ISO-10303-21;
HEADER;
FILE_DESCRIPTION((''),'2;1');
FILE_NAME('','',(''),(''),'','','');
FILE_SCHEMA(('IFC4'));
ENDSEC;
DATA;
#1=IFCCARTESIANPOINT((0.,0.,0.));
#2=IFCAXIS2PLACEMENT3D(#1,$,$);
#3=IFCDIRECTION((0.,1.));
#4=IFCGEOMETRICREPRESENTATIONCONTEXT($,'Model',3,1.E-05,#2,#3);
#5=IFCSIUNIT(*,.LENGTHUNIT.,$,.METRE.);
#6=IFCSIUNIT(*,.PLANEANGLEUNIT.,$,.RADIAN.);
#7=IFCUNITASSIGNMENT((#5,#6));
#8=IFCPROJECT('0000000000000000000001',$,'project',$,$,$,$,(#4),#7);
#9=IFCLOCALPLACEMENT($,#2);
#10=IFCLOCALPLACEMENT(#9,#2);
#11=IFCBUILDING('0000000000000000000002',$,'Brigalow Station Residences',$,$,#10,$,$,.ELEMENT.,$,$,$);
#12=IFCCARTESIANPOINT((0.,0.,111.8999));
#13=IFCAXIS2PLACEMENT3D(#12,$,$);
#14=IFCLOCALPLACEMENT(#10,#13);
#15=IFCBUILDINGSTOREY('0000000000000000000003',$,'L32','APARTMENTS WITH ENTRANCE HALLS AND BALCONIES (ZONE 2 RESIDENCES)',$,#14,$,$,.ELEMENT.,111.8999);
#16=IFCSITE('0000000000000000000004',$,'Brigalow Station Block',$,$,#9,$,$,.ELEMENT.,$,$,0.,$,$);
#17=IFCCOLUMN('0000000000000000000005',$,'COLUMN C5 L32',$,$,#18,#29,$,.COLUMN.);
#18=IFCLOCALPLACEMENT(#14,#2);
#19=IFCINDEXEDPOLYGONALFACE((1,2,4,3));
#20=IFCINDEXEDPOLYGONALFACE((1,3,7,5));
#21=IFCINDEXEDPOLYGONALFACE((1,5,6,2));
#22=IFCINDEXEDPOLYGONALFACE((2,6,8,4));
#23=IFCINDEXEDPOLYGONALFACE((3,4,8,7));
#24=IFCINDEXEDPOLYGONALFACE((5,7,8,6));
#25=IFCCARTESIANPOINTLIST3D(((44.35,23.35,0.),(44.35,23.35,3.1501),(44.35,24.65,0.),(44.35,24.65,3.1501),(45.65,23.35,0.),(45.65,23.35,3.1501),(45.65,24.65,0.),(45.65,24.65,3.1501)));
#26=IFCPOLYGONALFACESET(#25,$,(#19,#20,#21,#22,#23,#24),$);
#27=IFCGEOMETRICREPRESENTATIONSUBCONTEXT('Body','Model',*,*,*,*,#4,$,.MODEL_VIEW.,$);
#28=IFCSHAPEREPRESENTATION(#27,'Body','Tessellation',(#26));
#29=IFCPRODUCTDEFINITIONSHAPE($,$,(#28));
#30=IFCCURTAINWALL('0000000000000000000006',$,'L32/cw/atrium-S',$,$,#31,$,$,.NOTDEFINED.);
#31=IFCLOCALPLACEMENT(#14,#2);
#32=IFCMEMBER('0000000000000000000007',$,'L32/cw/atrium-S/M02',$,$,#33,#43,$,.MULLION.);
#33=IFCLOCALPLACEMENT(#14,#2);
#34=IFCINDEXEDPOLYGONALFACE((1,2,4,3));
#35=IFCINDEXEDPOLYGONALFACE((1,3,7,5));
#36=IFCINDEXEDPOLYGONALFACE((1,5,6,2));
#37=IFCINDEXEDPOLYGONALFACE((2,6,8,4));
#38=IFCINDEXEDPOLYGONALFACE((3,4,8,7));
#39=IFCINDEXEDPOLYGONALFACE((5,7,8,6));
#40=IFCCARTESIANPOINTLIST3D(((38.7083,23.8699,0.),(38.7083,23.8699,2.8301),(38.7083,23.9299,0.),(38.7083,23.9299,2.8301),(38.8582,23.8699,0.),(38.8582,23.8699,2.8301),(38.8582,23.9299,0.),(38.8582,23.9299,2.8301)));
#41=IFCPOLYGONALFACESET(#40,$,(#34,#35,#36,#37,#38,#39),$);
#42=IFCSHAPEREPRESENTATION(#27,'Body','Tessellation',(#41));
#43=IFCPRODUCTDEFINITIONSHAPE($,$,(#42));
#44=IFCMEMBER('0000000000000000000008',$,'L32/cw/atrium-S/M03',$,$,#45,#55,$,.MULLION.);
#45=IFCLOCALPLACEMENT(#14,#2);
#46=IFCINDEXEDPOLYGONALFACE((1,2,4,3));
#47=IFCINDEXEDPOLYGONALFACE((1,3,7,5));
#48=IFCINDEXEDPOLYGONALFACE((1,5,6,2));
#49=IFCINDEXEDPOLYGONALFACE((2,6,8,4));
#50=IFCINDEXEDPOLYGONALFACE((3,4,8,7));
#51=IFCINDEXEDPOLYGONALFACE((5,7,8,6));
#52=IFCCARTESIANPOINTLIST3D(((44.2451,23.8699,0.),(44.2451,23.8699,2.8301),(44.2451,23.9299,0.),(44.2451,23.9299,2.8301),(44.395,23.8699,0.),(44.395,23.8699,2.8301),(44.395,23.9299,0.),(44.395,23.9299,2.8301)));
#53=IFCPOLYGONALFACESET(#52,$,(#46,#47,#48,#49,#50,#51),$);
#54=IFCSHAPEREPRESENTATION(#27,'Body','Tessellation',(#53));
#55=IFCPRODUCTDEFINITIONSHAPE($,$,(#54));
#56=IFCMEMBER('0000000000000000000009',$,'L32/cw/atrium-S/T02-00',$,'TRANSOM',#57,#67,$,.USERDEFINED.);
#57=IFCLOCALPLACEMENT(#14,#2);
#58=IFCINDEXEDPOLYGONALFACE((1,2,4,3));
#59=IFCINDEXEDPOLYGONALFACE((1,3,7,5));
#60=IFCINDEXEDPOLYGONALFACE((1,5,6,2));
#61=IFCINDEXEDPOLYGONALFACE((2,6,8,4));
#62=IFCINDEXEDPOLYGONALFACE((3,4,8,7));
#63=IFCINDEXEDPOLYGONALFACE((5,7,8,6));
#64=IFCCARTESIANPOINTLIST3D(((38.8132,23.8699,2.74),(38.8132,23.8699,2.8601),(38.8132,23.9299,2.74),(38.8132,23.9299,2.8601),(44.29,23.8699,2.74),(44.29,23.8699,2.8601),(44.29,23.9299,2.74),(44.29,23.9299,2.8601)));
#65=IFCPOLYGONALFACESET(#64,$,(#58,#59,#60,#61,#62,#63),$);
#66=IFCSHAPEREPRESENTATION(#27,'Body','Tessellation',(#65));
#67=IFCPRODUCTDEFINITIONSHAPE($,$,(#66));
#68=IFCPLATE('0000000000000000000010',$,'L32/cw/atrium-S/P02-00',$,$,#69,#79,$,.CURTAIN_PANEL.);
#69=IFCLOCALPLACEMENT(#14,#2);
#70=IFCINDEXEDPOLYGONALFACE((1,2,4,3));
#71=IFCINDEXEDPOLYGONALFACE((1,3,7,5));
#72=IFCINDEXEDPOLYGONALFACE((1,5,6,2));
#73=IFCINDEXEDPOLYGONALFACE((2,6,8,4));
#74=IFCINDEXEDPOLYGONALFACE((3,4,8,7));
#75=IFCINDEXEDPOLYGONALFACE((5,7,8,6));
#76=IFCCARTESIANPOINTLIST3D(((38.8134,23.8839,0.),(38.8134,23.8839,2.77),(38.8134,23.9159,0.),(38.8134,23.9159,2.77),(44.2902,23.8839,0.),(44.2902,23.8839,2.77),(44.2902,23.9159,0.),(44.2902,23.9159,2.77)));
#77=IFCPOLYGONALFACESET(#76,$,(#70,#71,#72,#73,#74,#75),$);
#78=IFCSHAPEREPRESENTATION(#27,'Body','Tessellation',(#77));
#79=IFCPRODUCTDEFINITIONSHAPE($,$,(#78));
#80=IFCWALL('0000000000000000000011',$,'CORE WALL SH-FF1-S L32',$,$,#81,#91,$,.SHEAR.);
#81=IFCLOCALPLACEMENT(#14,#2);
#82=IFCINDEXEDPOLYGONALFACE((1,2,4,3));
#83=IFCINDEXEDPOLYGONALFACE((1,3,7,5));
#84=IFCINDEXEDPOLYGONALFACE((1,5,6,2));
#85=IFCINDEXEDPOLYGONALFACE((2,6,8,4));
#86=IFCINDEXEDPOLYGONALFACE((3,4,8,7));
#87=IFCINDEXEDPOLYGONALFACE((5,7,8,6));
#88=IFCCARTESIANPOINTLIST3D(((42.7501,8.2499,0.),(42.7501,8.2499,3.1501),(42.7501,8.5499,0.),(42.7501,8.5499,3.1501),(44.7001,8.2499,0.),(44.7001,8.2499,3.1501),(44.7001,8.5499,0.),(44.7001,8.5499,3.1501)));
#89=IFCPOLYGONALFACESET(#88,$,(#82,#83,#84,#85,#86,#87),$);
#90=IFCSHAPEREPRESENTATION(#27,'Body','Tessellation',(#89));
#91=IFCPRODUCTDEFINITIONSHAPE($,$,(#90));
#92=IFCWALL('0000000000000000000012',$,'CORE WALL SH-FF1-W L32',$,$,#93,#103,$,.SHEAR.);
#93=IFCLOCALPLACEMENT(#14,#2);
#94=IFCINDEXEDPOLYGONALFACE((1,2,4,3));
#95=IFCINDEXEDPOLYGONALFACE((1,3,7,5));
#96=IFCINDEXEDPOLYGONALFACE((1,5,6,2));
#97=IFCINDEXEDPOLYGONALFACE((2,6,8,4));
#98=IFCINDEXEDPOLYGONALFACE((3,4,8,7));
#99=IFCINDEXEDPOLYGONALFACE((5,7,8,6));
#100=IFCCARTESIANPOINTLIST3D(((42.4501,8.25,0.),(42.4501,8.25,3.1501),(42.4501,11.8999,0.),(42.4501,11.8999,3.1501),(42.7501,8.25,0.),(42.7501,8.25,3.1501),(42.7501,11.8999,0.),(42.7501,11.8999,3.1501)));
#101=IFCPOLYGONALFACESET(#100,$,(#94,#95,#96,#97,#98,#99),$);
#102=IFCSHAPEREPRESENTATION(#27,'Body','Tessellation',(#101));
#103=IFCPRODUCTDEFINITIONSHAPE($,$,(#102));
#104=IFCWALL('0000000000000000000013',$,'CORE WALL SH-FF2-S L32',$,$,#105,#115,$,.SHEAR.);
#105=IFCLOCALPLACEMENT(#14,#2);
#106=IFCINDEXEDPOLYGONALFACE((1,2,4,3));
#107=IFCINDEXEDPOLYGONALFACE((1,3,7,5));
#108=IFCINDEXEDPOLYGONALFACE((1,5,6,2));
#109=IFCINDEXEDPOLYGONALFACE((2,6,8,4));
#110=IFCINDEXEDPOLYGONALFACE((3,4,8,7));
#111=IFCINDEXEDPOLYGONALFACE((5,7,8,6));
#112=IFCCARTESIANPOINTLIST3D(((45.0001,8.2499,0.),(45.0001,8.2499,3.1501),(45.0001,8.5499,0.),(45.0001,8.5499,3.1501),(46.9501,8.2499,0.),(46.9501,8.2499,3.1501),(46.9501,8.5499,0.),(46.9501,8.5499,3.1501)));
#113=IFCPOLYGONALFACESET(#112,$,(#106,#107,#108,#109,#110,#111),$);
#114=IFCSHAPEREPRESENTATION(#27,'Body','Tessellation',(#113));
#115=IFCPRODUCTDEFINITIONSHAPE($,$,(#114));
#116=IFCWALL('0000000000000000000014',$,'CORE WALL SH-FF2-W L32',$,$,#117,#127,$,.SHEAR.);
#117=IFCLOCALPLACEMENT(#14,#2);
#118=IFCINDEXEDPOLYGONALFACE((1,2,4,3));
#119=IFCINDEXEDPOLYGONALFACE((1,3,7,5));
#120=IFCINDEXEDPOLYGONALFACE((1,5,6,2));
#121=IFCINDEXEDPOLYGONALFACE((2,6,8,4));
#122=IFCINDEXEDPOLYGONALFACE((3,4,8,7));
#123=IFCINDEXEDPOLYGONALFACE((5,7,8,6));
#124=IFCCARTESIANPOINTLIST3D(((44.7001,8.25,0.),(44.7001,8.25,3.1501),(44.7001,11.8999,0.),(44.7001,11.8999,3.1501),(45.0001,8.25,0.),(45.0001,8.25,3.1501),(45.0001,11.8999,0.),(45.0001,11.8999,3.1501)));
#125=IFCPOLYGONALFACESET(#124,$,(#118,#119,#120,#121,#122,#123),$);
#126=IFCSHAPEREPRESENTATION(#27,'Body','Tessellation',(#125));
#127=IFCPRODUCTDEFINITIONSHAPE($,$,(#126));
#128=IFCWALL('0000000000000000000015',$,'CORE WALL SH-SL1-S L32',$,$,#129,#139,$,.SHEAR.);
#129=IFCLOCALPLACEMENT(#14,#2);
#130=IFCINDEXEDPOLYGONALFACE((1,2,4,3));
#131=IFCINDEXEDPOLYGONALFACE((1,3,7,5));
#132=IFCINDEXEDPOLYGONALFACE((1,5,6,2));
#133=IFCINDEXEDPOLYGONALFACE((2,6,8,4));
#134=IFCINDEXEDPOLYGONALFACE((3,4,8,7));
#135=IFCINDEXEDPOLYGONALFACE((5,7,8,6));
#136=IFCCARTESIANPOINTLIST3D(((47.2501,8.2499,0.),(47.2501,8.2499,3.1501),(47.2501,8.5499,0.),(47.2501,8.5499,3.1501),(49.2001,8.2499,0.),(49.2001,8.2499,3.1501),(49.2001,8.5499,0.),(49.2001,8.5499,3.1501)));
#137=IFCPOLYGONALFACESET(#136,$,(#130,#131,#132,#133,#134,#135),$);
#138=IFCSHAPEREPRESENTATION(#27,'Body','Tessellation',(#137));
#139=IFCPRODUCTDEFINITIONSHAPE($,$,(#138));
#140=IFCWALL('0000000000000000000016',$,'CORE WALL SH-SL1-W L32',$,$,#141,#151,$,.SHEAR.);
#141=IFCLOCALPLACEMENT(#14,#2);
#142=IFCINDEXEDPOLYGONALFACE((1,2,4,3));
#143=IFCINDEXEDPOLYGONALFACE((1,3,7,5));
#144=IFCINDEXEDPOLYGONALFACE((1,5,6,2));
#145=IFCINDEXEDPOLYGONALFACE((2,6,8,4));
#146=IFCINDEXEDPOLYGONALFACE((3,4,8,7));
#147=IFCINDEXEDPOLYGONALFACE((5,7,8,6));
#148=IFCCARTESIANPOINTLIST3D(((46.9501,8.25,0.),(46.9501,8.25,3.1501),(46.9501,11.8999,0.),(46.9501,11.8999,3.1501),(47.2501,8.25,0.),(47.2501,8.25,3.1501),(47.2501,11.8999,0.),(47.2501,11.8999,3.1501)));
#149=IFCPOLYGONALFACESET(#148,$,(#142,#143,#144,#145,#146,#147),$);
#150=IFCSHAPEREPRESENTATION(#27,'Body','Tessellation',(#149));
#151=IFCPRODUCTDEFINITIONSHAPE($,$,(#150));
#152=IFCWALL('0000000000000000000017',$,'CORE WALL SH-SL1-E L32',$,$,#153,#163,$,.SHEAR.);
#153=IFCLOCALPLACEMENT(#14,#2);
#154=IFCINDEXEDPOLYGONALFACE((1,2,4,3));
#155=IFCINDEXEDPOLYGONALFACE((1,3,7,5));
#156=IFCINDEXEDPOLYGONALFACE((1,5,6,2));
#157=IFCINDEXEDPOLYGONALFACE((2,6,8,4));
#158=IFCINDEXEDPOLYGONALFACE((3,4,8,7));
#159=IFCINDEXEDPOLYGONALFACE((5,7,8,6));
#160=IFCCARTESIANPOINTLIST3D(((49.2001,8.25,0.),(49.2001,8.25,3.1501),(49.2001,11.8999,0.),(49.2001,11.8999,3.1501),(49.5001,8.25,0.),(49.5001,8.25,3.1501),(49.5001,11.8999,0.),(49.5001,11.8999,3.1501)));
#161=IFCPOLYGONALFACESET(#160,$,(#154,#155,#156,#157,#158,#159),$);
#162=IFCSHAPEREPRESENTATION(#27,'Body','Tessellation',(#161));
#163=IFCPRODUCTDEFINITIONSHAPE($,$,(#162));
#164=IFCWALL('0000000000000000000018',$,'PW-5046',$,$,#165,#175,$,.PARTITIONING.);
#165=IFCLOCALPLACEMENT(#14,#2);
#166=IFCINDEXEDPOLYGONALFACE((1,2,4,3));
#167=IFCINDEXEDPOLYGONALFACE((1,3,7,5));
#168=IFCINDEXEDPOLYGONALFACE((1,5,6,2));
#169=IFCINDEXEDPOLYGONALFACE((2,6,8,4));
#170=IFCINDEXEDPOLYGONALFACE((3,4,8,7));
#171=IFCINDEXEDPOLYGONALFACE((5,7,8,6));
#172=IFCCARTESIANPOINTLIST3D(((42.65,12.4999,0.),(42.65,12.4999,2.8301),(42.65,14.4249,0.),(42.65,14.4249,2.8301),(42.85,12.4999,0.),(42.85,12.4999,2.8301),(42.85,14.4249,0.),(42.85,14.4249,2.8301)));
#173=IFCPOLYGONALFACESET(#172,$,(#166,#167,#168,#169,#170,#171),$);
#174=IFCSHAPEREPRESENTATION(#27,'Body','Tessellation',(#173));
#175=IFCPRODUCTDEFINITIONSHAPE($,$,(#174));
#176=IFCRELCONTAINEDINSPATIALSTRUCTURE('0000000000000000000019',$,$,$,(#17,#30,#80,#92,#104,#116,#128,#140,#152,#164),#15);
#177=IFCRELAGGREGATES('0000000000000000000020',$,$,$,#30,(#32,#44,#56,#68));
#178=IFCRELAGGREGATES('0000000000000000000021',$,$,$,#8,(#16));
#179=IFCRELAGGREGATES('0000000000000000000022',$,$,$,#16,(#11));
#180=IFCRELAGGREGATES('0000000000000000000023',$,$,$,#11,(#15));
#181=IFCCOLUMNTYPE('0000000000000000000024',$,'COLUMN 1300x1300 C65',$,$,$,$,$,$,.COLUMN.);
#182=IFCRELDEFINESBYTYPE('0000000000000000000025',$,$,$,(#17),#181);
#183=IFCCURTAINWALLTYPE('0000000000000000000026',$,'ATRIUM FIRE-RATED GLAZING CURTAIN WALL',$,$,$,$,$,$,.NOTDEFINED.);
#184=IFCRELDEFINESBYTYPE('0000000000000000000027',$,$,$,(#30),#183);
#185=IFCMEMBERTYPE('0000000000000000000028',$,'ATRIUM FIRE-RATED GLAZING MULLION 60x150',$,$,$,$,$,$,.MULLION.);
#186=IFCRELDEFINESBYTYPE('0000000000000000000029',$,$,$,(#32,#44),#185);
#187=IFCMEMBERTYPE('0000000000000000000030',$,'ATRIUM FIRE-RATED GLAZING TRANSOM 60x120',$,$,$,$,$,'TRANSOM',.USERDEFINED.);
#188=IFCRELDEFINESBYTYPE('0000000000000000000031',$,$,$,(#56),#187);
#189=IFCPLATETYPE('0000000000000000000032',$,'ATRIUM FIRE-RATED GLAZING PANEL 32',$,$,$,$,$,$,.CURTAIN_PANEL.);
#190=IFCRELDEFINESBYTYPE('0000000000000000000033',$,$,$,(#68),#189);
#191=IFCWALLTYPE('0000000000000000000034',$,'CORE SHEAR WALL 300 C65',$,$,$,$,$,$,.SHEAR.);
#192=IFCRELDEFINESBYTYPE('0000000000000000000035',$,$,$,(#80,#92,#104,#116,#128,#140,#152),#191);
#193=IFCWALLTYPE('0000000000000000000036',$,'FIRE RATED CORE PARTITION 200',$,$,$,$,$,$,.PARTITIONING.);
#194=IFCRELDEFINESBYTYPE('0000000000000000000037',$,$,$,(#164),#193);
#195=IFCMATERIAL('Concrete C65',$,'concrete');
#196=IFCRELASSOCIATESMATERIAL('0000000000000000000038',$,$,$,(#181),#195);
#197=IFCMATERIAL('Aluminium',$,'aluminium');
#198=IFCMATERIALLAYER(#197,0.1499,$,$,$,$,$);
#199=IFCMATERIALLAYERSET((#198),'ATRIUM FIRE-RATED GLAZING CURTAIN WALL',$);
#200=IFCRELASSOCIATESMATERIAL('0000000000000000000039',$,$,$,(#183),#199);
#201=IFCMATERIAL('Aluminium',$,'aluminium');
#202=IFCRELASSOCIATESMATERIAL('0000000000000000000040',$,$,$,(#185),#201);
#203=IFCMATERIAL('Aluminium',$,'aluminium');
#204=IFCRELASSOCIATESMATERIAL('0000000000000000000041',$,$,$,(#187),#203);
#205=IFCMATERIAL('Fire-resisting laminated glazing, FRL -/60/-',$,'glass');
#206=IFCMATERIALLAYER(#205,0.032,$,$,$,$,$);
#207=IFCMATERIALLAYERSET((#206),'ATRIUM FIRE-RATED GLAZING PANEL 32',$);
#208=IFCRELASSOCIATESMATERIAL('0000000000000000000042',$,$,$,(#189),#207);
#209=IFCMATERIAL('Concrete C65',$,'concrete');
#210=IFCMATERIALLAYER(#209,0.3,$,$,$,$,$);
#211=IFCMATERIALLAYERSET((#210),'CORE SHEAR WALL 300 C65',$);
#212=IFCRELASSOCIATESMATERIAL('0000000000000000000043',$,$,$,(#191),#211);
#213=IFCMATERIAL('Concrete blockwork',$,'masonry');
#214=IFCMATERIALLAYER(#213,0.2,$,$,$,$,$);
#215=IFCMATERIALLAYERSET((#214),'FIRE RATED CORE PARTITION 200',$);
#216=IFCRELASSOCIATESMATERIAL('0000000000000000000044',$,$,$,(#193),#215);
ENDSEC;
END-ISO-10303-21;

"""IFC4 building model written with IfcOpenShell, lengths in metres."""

from ifc_helpers import new_model, si_unit, direction, frame, frame_2d, origin, origin_2d, place, context, subcontext, project, spatial, rectangle, extrude, material, layer, layer_set, material_profile, profile_set, type_object, element, aggregate, save


model = new_model("IFC4")

# Units and contexts
model_context = context("Model", 3, precision=1e-05, world=origin(), true_north=direction((0.0, 1.0)))
body_context = subcontext(model_context, "Body", "Model", "MODEL_VIEW")
ifc_project = project(units=[si_unit("LENGTHUNIT", "METRE"), si_unit("PLANEANGLEUNIT", "RADIAN")], contexts=[model_context])

# Site, building, storey
site_placement = place(None, origin())
site = spatial("IfcSite", under=ifc_project, at=site_placement, Name="Brigalow Station Block", CompositionType="ELEMENT", RefElevation=0.0)
building_placement = place(site_placement, origin())
building = spatial("IfcBuilding", under=site, at=building_placement, Name="Brigalow Station Residences", CompositionType="ELEMENT")
storey_placement = place(building_placement, frame((0.0, 0.0, 111.8999)))
storey = spatial("IfcBuildingStorey", under=building, at=storey_placement, Name="L32", Description="APARTMENTS WITH ENTRANCE HALLS AND BALCONIES (ZONE 2 RESIDENCES)", CompositionType="ELEMENT", Elevation=111.8999)

# Column
ifc_material_1 = material(Name="Concrete C65", Category="concrete")
ifc_material_profile_1 = material_profile(ifc_material_1, rectangle(XDim=1.3, YDim=1.3, at=origin_2d()), Name="RC1300x1300")
ifc_profile_set_1 = profile_set([ifc_material_profile_1], Name="Concrete C65")
column_type = type_object("IfcColumnType", Name="COLUMN 1300x1300 C65", PredefinedType="COLUMN", material=ifc_profile_set_1)
column_placement = place(storey_placement, frame((45.0, 24.0, 0.0), z_axis=(0.0, 0.0, 1.0), x_axis=(1.0, 0.0, 0.0)))
element("IfcColumn", 1, at=column_placement, inside=storey, type_object=column_type, Name="COLUMN C5 L32", PredefinedType="COLUMN", context=body_context, shape_type="SweptSolid", body=[
    extrude(rectangle(XDim=1.3, YDim=1.3, at=origin_2d()), origin(), (0.0, 0.0, 1.0), 3.1501),
])

# Curtain wall, members, plate
ifc_material_2 = material(Name="Aluminium", Category="aluminium")
ifc_layer_1 = layer(ifc_material_2, 0.1499)
ifc_layer_set_1 = layer_set([ifc_layer_1], Name="ATRIUM FIRE-RATED GLAZING CURTAIN WALL")
curtain_wall_type = type_object("IfcCurtainWallType", Name="ATRIUM FIRE-RATED GLAZING CURTAIN WALL", PredefinedType="NOTDEFINED", material=ifc_layer_set_1)
curtain_wall_placement = place(storey_placement, origin())
curtain_wall = element("IfcCurtainWall", 2, at=curtain_wall_placement, inside=storey, type_object=curtain_wall_type, Name="L32/cw/atrium-S", PredefinedType="NOTDEFINED")
ifc_material_3 = material(Name="Aluminium", Category="aluminium")
ifc_material_profile_2 = material_profile(ifc_material_3, rectangle(XDim=0.0601, YDim=0.1499, at=origin_2d()), Name="ATRIUM FIRE-RATED GLAZING MULLION 60x150")
ifc_profile_set_2 = profile_set([ifc_material_profile_2], Name="Aluminium")
member_type_1 = type_object("IfcMemberType", Name="ATRIUM FIRE-RATED GLAZING MULLION 60x150", PredefinedType="MULLION", material=ifc_profile_set_2)
member_1_placement = place(storey_placement, frame((38.7832, 23.8999, 0.0), z_axis=(0.0, 0.0, 1.0), x_axis=(0.0, 1.0, 0.0)))
member_1 = element("IfcMember", 3, at=member_1_placement, type_object=member_type_1, Name="L32/cw/atrium-S/M02", PredefinedType="MULLION", context=body_context, shape_type="SweptSolid", body=[
    extrude(rectangle(XDim=0.0601, YDim=0.1499, at=origin_2d()), origin(), (0.0, 0.0, 1.0), 2.8301),
])
member_2_placement = place(storey_placement, frame((44.3201, 23.8999, 0.0), z_axis=(0.0, 0.0, 1.0), x_axis=(0.0, 1.0, 0.0)))
member_2 = element("IfcMember", 4, at=member_2_placement, type_object=member_type_1, Name="L32/cw/atrium-S/M03", PredefinedType="MULLION", context=body_context, shape_type="SweptSolid", body=[
    extrude(rectangle(XDim=0.0601, YDim=0.1499, at=origin_2d()), origin(), (0.0, 0.0, 1.0), 2.8301),
])
ifc_material_4 = material(Name="Aluminium", Category="aluminium")
ifc_material_profile_3 = material_profile(ifc_material_4, rectangle(XDim=0.0601, YDim=0.1201, at=origin_2d()), Name="ATRIUM FIRE-RATED GLAZING TRANSOM 60x120")
ifc_profile_set_3 = profile_set([ifc_material_profile_3], Name="Aluminium")
member_type_2 = type_object("IfcMemberType", Name="ATRIUM FIRE-RATED GLAZING TRANSOM 60x120", ElementType="TRANSOM", PredefinedType="USERDEFINED", material=ifc_profile_set_3)
member_3_placement = place(storey_placement, frame((38.8132, 23.8999, 2.8), z_axis=(1.0, 0.0, 0.0), x_axis=(0.0, 1.0, 0.0)))
member_3 = element("IfcMember", 5, at=member_3_placement, type_object=member_type_2, Name="L32/cw/atrium-S/T02-00", ObjectType="TRANSOM", PredefinedType="USERDEFINED", context=body_context, shape_type="SweptSolid", body=[
    extrude(rectangle(XDim=0.0601, YDim=0.1201, at=origin_2d()), origin(), (0.0, 0.0, 1.0), 5.4768),
])
ifc_material_5 = material(Name="Fire-resisting laminated glazing, FRL -/60/-", Category="glass")
ifc_layer_2 = layer(ifc_material_5, 0.032)
ifc_layer_set_2 = layer_set([ifc_layer_2], Name="ATRIUM FIRE-RATED GLAZING PANEL 32")
plate_type = type_object("IfcPlateType", Name="ATRIUM FIRE-RATED GLAZING PANEL 32", PredefinedType="CURTAIN_PANEL", material=ifc_layer_set_2)
plate_placement = place(storey_placement, frame((41.5518, 23.8999, 0.0), z_axis=(0.0, 0.0, 1.0), x_axis=(1.0, 0.0, 0.0)))
plate = element("IfcPlate", 6, at=plate_placement, type_object=plate_type, Name="L32/cw/atrium-S/P02-00", PredefinedType="CURTAIN_PANEL", context=body_context, shape_type="SweptSolid", body=[
    extrude(rectangle(XDim=5.4768, YDim=0.032, at=origin_2d()), origin(), (0.0, 0.0, 1.0), 2.77),
])
aggregate(curtain_wall, [member_1, member_2, member_3, plate])

# Walls
ifc_material_6 = material(Name="Concrete C65", Category="concrete")
ifc_layer_3 = layer(ifc_material_6, 0.3)
ifc_layer_set_3 = layer_set([ifc_layer_3], Name="CORE SHEAR WALL 300 C65")
wall_type_1 = type_object("IfcWallType", Name="CORE SHEAR WALL 300 C65", PredefinedType="SHEAR", material=ifc_layer_set_3)
wall_1_placement = place(storey_placement, frame((42.75, 8.3999, 0.0), z_axis=(0.0, 0.0, 1.0), x_axis=(1.0, 0.0, 0.0)))
element("IfcWall", 7, at=wall_1_placement, inside=storey, type_object=wall_type_1, Name="CORE WALL SH-FF1-S L32", PredefinedType="SHEAR", context=body_context, shape_type="SweptSolid", body=[
    extrude(rectangle(XDim=1.95, YDim=0.3, at=frame_2d((0.9751, 0.0))), origin(), (0.0, 0.0, 1.0), 3.1501),
])
wall_2_placement = place(storey_placement, frame((42.6001, 8.25, 0.0), z_axis=(0.0, 0.0, 1.0), x_axis=(0.0, 1.0, 0.0)))
element("IfcWall", 8, at=wall_2_placement, inside=storey, type_object=wall_type_1, Name="CORE WALL SH-FF1-W L32", PredefinedType="SHEAR", context=body_context, shape_type="SweptSolid", body=[
    extrude(rectangle(XDim=3.6499, YDim=0.3, at=frame_2d((1.825, 0.0))), origin(), (0.0, 0.0, 1.0), 3.1501),
])
wall_3_placement = place(storey_placement, frame((45.0, 8.3999, 0.0), z_axis=(0.0, 0.0, 1.0), x_axis=(1.0, 0.0, 0.0)))
element("IfcWall", 9, at=wall_3_placement, inside=storey, type_object=wall_type_1, Name="CORE WALL SH-FF2-S L32", PredefinedType="SHEAR", context=body_context, shape_type="SweptSolid", body=[
    extrude(rectangle(XDim=1.95, YDim=0.3, at=frame_2d((0.9751, 0.0))), origin(), (0.0, 0.0, 1.0), 3.1501),
])
wall_4_placement = place(storey_placement, frame((44.8501, 8.25, 0.0), z_axis=(0.0, 0.0, 1.0), x_axis=(0.0, 1.0, 0.0)))
element("IfcWall", 10, at=wall_4_placement, inside=storey, type_object=wall_type_1, Name="CORE WALL SH-FF2-W L32", PredefinedType="SHEAR", context=body_context, shape_type="SweptSolid", body=[
    extrude(rectangle(XDim=3.6499, YDim=0.3, at=frame_2d((1.825, 0.0))), origin(), (0.0, 0.0, 1.0), 3.1501),
])
wall_5_placement = place(storey_placement, frame((47.25, 8.3999, 0.0), z_axis=(0.0, 0.0, 1.0), x_axis=(1.0, 0.0, 0.0)))
element("IfcWall", 11, at=wall_5_placement, inside=storey, type_object=wall_type_1, Name="CORE WALL SH-SL1-S L32", PredefinedType="SHEAR", context=body_context, shape_type="SweptSolid", body=[
    extrude(rectangle(XDim=1.95, YDim=0.3, at=frame_2d((0.9751, 0.0))), origin(), (0.0, 0.0, 1.0), 3.1501),
])
for number, where, z_axis, x_axis, name in (
    (12, (47.1001, 8.25, 0.0), (0.0, 0.0, 1.0), (0.0, 1.0, 0.0), "CORE WALL SH-SL1-W L32"),
    (13, (49.3501, 8.25, 0.0), (0.0, 0.0, 1.0), (0.0, 1.0, 0.0), "CORE WALL SH-SL1-E L32"),
):
    element("IfcWall", number, at=place(storey_placement, frame(where, z_axis=z_axis, x_axis=x_axis)), inside=storey, type_object=wall_type_1, Name=name, PredefinedType="SHEAR", context=body_context, shape_type="SweptSolid", body=[
        extrude(rectangle(XDim=3.6499, YDim=0.3, at=frame_2d((1.825, 0.0))), origin(), (0.0, 0.0, 1.0), 3.1501),
    ])
ifc_material_7 = material(Name="Concrete blockwork", Category="masonry")
ifc_layer_4 = layer(ifc_material_7, 0.2)
ifc_layer_set_4 = layer_set([ifc_layer_4], Name="FIRE RATED CORE PARTITION 200")
wall_type_2 = type_object("IfcWallType", Name="FIRE RATED CORE PARTITION 200", PredefinedType="PARTITIONING", material=ifc_layer_set_4)
wall_6_placement = place(storey_placement, frame((42.75, 12.5, 0.0), z_axis=(0.0, 0.0, 1.0), x_axis=(0.0, 1.0, 0.0)))
element("IfcWall", 14, at=wall_6_placement, inside=storey, type_object=wall_type_2, Name="PW-5046", PredefinedType="PARTITIONING", context=body_context, shape_type="SweptSolid", body=[
    extrude(rectangle(XDim=1.925, YDim=0.2, at=frame_2d((0.9624, 0.0))), origin(), (0.0, 0.0, 1.0), 2.8301),
])

save(model, "model.ifc")
